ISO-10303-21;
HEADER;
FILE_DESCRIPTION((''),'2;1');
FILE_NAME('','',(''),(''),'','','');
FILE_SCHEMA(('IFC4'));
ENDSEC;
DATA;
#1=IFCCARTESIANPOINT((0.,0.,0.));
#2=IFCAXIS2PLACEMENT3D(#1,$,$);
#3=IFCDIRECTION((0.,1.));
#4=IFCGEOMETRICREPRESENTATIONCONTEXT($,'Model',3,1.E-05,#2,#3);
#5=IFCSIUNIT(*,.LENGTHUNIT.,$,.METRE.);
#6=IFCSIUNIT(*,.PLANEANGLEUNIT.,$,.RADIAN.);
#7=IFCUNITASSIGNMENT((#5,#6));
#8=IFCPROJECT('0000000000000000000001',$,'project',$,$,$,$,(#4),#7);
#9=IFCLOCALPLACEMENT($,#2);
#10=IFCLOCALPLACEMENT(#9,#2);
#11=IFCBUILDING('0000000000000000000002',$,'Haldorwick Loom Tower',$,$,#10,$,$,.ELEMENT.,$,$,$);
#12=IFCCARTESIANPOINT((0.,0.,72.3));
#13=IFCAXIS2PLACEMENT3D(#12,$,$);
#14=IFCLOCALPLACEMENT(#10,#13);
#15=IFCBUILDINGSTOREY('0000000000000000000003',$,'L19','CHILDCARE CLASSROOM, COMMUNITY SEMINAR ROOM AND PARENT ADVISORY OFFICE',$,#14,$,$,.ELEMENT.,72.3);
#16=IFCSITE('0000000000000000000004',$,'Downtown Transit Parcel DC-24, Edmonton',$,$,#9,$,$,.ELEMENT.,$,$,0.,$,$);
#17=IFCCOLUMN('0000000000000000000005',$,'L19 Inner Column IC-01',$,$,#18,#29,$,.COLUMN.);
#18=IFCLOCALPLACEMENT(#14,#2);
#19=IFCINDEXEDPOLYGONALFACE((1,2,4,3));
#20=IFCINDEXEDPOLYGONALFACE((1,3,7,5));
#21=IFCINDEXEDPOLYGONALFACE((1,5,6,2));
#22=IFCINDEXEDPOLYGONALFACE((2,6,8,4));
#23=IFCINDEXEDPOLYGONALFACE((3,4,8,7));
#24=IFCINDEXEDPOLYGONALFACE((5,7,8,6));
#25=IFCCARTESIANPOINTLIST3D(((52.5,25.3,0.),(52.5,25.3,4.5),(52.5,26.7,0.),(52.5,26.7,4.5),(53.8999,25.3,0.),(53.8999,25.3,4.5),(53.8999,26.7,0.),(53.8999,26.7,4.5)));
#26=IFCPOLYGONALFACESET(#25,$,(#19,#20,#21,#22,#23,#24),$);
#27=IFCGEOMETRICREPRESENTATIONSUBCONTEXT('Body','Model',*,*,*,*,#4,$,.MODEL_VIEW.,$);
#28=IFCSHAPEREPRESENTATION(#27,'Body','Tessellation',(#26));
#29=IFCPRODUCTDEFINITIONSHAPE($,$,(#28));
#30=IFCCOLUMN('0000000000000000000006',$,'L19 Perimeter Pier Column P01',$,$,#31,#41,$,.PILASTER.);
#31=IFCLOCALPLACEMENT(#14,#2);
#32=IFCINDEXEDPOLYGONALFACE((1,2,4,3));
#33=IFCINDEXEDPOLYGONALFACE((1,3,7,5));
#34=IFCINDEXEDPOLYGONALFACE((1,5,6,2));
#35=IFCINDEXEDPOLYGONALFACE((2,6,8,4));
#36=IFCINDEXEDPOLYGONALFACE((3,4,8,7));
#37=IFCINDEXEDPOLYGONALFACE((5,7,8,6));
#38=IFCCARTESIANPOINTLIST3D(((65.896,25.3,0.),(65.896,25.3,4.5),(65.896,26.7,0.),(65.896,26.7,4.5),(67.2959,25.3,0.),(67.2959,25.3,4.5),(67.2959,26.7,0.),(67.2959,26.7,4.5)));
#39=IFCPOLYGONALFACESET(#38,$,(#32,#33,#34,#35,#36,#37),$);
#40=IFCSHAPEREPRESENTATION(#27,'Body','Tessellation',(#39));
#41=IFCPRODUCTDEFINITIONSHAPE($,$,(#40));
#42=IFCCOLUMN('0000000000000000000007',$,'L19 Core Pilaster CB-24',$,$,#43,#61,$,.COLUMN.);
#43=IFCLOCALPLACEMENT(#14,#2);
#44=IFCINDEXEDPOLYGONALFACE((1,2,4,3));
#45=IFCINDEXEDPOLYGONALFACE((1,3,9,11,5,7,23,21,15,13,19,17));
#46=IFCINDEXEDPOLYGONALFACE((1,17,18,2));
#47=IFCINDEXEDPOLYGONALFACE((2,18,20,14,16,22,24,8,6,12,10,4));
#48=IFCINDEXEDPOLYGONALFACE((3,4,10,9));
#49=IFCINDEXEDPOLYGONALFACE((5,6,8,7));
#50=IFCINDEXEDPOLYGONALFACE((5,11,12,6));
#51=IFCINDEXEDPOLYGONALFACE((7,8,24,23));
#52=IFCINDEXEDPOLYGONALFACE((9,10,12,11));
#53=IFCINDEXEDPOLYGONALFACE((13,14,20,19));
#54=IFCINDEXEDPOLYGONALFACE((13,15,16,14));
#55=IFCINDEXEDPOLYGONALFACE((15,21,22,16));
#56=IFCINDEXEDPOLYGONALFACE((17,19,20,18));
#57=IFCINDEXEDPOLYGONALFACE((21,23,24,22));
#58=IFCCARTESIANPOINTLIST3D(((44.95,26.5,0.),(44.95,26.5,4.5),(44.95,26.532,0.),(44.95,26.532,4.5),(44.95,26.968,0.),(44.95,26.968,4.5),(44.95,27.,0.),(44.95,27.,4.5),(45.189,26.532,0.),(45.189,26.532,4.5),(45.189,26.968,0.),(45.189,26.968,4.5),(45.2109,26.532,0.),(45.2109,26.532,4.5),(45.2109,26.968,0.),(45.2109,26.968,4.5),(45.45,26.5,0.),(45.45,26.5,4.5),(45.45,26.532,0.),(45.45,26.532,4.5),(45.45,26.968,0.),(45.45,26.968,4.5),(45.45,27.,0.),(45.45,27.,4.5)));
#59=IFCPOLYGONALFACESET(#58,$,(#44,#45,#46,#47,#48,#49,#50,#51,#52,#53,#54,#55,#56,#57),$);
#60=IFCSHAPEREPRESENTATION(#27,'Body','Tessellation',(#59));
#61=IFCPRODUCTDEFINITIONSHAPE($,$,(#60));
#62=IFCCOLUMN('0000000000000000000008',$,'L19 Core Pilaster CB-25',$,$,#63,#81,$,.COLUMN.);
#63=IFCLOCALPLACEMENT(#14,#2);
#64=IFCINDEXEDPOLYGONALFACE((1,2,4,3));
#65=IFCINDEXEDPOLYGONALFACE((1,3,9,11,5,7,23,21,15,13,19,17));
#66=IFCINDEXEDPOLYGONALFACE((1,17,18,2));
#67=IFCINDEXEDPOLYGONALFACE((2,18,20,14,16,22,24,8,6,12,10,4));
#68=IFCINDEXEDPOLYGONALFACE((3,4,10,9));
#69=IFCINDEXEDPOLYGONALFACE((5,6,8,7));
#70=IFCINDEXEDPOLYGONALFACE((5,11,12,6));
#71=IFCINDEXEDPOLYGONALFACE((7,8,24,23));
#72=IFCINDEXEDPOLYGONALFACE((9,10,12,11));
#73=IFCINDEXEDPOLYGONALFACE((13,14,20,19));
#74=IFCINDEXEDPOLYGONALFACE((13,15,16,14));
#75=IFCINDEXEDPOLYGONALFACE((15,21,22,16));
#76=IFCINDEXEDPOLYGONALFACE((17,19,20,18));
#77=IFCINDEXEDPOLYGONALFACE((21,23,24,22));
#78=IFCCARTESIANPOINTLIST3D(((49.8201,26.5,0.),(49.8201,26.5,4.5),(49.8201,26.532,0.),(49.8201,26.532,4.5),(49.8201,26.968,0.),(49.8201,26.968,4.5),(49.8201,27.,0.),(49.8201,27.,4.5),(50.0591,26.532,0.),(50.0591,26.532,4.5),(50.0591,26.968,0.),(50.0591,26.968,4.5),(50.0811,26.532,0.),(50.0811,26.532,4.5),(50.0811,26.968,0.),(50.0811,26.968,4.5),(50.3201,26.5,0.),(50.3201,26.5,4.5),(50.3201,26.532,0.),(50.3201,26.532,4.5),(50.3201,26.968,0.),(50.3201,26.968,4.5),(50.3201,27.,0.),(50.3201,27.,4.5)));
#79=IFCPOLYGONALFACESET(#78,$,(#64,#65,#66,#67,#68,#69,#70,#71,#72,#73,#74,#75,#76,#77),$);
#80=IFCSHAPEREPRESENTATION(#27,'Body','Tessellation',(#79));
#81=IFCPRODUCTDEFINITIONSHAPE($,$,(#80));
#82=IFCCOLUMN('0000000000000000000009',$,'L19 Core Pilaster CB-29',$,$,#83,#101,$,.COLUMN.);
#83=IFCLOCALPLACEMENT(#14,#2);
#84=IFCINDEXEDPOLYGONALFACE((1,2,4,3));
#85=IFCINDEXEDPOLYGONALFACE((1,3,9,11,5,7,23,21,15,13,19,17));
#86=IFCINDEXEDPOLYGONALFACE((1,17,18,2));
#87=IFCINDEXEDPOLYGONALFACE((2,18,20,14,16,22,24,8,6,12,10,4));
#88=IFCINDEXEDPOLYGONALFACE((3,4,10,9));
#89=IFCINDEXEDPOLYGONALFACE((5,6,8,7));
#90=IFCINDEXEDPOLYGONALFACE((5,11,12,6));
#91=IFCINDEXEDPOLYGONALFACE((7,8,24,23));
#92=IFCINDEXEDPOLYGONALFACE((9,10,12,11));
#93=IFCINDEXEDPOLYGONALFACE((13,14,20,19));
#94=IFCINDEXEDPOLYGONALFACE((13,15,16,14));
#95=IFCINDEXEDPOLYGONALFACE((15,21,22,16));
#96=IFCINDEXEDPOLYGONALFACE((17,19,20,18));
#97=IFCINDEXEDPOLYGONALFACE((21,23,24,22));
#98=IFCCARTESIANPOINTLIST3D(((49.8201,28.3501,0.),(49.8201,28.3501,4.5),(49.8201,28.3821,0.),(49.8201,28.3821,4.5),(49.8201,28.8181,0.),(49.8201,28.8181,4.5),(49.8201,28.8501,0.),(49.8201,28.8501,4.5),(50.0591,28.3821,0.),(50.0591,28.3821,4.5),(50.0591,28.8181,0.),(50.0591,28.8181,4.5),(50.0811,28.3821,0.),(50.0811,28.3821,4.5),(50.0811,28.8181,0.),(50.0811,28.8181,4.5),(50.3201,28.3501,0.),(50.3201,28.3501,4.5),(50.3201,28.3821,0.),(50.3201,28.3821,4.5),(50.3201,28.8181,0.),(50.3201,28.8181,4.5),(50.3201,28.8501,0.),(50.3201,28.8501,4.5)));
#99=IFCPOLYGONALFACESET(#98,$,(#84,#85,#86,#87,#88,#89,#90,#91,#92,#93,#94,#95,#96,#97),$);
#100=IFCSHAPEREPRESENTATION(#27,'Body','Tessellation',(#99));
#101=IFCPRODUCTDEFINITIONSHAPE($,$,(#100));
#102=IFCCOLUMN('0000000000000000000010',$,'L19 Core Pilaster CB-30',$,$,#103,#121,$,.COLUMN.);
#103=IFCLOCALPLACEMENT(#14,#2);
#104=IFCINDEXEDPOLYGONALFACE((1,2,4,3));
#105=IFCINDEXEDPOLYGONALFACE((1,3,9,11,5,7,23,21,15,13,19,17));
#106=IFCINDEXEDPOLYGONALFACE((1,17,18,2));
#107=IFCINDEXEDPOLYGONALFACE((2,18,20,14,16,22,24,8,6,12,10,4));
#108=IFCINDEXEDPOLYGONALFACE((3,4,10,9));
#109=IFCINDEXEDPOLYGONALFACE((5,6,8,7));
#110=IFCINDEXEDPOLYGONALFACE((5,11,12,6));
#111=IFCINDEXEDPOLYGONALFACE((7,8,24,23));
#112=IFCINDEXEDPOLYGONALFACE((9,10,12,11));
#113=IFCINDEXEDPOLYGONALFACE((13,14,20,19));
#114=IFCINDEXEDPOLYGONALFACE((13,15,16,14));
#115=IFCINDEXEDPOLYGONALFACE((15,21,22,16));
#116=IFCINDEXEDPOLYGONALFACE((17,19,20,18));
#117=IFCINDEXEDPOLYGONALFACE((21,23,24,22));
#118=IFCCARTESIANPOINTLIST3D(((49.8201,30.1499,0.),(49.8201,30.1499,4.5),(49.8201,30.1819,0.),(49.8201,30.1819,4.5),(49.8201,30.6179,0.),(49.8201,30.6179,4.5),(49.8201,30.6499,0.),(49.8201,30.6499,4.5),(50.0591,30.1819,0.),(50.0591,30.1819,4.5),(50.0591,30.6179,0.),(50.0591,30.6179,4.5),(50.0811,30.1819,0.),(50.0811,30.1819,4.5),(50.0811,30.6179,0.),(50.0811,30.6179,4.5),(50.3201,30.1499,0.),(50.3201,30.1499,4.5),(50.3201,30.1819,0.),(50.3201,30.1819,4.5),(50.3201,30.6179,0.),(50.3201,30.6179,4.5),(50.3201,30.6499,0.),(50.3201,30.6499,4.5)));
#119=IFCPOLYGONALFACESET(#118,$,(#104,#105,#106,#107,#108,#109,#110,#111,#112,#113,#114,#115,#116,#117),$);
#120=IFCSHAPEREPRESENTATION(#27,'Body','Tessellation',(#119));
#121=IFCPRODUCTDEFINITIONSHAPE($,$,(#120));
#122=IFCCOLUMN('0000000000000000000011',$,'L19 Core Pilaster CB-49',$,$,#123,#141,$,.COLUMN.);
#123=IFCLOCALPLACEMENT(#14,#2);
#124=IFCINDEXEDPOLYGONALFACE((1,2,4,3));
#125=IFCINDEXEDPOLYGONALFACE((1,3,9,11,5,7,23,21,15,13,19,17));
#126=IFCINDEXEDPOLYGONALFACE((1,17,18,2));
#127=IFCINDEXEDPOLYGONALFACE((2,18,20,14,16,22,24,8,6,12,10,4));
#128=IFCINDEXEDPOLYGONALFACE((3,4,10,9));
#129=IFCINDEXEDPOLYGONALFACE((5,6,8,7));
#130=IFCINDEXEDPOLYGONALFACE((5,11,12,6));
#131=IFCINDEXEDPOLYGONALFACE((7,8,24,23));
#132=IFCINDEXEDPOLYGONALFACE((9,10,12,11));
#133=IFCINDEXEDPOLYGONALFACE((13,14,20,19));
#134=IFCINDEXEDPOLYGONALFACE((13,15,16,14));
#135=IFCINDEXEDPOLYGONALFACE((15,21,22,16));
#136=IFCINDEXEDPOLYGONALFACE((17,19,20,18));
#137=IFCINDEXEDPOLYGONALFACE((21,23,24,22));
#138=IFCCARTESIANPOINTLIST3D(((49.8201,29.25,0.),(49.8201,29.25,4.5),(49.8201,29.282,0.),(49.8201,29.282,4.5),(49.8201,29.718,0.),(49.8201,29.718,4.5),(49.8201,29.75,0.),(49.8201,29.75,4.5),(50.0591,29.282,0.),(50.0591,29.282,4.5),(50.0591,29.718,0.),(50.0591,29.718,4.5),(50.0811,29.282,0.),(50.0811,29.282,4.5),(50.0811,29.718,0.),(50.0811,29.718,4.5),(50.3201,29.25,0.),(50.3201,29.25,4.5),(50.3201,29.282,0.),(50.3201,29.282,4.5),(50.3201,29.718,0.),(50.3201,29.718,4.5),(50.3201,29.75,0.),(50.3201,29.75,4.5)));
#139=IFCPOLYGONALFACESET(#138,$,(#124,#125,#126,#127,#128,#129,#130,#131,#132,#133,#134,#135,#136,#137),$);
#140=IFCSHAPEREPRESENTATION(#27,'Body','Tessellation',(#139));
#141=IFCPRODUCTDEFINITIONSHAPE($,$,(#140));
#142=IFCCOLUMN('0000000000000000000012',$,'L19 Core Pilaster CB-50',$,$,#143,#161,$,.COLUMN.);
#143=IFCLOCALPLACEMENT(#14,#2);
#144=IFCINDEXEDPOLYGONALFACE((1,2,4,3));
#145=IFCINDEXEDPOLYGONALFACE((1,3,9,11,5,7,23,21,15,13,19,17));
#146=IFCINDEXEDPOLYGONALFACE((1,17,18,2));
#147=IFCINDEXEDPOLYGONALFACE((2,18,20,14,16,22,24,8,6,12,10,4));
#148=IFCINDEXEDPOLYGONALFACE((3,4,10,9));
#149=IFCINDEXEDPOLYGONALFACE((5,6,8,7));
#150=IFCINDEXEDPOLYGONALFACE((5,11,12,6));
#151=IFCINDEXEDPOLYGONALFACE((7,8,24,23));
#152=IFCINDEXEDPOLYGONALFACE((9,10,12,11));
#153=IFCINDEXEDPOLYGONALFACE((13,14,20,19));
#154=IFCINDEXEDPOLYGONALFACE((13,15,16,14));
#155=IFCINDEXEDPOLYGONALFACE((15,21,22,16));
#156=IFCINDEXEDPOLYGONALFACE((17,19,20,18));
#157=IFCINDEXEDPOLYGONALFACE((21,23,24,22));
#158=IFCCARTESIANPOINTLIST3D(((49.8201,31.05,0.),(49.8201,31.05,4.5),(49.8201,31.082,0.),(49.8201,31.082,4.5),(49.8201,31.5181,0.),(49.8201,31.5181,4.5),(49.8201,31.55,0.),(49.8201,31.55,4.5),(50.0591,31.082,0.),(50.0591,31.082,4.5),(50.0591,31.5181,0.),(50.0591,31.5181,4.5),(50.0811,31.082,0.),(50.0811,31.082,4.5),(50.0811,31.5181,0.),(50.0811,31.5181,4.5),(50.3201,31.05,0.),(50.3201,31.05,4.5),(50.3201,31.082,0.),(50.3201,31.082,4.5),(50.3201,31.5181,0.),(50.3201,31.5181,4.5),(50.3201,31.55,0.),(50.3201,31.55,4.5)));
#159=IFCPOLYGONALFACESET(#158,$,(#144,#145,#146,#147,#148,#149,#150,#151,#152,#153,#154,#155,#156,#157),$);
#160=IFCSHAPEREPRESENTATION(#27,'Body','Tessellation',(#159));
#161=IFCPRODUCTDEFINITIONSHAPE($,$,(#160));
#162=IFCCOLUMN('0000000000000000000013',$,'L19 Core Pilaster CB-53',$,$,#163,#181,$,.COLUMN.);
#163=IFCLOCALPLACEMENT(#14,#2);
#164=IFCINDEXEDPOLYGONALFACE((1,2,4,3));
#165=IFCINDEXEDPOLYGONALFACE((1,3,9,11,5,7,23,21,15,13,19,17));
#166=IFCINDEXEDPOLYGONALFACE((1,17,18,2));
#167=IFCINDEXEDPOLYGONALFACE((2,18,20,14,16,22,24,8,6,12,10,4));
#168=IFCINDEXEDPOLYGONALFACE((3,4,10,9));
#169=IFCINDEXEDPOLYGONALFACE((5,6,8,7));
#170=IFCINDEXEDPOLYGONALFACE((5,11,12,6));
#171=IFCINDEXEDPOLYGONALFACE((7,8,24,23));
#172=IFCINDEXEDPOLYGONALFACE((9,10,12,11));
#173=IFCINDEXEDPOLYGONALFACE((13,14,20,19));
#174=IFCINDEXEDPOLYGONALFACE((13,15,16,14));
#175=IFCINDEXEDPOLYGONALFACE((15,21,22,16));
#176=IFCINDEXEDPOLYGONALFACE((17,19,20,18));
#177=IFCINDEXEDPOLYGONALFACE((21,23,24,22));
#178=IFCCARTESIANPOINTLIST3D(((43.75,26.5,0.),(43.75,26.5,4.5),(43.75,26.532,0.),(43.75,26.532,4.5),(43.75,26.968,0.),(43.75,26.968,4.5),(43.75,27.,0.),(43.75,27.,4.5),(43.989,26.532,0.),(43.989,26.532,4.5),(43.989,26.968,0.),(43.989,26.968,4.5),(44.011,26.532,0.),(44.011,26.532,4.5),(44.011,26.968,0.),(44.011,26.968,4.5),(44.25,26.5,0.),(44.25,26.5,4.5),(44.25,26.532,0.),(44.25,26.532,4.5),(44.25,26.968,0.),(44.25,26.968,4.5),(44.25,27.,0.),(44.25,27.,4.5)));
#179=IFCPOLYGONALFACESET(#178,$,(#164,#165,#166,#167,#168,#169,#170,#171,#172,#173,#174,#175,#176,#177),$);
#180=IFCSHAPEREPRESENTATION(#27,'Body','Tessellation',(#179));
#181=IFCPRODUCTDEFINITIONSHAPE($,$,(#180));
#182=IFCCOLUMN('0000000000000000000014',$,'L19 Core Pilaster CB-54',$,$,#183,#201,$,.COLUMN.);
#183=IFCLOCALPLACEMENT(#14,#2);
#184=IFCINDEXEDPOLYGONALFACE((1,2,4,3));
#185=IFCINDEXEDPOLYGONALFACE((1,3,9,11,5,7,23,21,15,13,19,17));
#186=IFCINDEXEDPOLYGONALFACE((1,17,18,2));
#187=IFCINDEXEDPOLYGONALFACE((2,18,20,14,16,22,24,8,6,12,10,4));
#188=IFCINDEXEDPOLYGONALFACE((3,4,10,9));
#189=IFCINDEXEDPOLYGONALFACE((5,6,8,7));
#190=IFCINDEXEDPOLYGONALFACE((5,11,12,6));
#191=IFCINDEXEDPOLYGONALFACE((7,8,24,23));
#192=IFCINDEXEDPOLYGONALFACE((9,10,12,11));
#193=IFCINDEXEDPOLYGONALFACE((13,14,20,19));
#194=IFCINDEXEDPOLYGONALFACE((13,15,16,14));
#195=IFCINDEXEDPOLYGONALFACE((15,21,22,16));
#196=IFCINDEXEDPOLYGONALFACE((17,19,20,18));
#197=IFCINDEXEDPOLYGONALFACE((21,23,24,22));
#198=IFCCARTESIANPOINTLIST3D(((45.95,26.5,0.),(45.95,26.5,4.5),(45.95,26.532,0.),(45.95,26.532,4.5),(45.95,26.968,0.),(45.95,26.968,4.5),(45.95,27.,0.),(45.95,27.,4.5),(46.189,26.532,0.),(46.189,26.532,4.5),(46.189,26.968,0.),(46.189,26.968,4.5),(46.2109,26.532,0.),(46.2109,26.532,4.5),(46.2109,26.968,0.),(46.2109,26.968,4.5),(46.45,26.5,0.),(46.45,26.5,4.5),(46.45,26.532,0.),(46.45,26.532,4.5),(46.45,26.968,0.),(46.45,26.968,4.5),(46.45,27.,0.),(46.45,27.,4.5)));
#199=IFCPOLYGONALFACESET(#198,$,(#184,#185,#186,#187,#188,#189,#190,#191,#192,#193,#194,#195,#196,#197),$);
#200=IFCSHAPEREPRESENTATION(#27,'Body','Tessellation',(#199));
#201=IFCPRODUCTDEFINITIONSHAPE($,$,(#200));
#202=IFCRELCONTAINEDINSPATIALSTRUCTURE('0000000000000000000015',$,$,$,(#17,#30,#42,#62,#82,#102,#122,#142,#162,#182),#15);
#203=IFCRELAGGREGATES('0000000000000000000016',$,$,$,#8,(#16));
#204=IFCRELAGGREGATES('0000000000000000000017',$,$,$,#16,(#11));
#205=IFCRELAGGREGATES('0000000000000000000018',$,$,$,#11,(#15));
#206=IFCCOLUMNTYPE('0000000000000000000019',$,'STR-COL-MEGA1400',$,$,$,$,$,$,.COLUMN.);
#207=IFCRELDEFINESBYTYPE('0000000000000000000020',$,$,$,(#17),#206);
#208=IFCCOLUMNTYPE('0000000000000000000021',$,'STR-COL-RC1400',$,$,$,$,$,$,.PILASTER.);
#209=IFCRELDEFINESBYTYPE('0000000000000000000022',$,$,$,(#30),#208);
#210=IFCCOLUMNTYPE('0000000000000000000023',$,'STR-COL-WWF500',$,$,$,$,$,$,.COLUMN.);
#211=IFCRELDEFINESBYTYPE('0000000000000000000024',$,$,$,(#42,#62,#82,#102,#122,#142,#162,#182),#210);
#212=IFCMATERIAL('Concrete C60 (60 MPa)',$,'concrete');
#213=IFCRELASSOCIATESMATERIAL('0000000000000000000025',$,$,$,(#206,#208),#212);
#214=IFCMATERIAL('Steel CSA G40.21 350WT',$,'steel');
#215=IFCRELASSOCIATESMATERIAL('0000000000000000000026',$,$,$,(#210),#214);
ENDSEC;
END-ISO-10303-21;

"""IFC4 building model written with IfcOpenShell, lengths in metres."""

from ifc_helpers import new_model, si_unit, direction, frame, origin, origin_2d, place, context, subcontext, project, spatial, rectangle, i_section, extrude, material, material_profile, profile_set, type_object, element, save


model = new_model("IFC4")

# Units and contexts
model_context = context("Model", 3, precision=1e-05, world=origin(), true_north=direction((0.0, 1.0)))
body_context = subcontext(model_context, "Body", "Model", "MODEL_VIEW")
ifc_project = project(units=[si_unit("LENGTHUNIT", "METRE"), si_unit("PLANEANGLEUNIT", "RADIAN")], contexts=[model_context])

# Site, building, storey
site_placement = place(None, origin())
site = spatial("IfcSite", under=ifc_project, at=site_placement, Name="Downtown Transit Parcel DC-24, Edmonton", CompositionType="ELEMENT", RefElevation=0.0)
building_placement = place(site_placement, origin())
building = spatial("IfcBuilding", under=site, at=building_placement, Name="Haldorwick Loom Tower", CompositionType="ELEMENT")
storey_placement = place(building_placement, frame((0.0, 0.0, 72.3)))
storey = spatial("IfcBuildingStorey", under=building, at=storey_placement, Name="L19", Description="CHILDCARE CLASSROOM, COMMUNITY SEMINAR ROOM AND PARENT ADVISORY OFFICE", CompositionType="ELEMENT", Elevation=72.3)

# Columns
ifc_material_1 = material(Name="Concrete C60 (60 MPa)", Category="concrete")
ifc_material_profile_1 = material_profile(ifc_material_1, rectangle(XDim=1.3999, YDim=1.3999, at=origin_2d()), Name="RC1400X1400", Category="concrete")
ifc_profile_set_1 = profile_set([ifc_material_profile_1], Name="Concrete C60 (60 MPa)")
column_type_1 = type_object("IfcColumnType", Name="STR-COL-MEGA1400", PredefinedType="COLUMN", material=ifc_profile_set_1)
column_1_placement = place(storey_placement, frame((53.2, 26.0, 0.0), z_axis=(0.0, 0.0, 1.0), x_axis=(1.0, 0.0, 0.0)))
element("IfcColumn", 1, at=column_1_placement, inside=storey, type_object=column_type_1, Name="L19 Inner Column IC-01", PredefinedType="COLUMN", context=body_context, shape_type="SweptSolid", body=[
    extrude(rectangle(XDim=1.3999, YDim=1.3999, at=origin_2d()), origin(), (0.0, 0.0, 1.0), 4.5),
])
ifc_material_profile_2 = material_profile(ifc_material_1, rectangle(XDim=1.3999, YDim=1.3999, at=origin_2d()), Name="RC1400X1400", Category="concrete")
ifc_profile_set_2 = profile_set([ifc_material_profile_2], Name="Concrete C60 (60 MPa)")
column_type_2 = type_object("IfcColumnType", Name="STR-COL-RC1400", PredefinedType="PILASTER", material=ifc_profile_set_2)
column_2_placement = place(storey_placement, frame((66.5959, 26.0, 0.0), z_axis=(0.0, 0.0, 1.0), x_axis=(1.0, 0.0, 0.0)))
element("IfcColumn", 2, at=column_2_placement, inside=storey, type_object=column_type_2, Name="L19 Perimeter Pier Column P01", PredefinedType="PILASTER", context=body_context, shape_type="SweptSolid", body=[
    extrude(rectangle(XDim=1.3999, YDim=1.3999, at=origin_2d()), origin(), (0.0, 0.0, 1.0), 4.5),
])
ifc_material_2 = material(Name="Steel CSA G40.21 350WT", Category="steel")
ifc_material_profile_3 = material_profile(ifc_material_2, i_section(OverallWidth=0.5, OverallDepth=0.5, WebThickness=0.022, FlangeThickness=0.032, at=origin_2d()), Name="WWF500X500", Category="steel")
ifc_profile_set_3 = profile_set([ifc_material_profile_3], Name="Steel CSA G40.21 350WT")
column_type_3 = type_object("IfcColumnType", Name="STR-COL-WWF500", PredefinedType="COLUMN", material=ifc_profile_set_3)
for number, where, z_axis, x_axis, name in (
    (3, (45.2, 26.75, 0.0), (0.0, 0.0, 1.0), (1.0, 0.0, 0.0), "L19 Core Pilaster CB-24"),
    (4, (50.0701, 26.75, 0.0), (0.0, 0.0, 1.0), (1.0, 0.0, 0.0), "L19 Core Pilaster CB-25"),
    (5, (50.0701, 28.6001, 0.0), (0.0, 0.0, 1.0), (1.0, 0.0, 0.0), "L19 Core Pilaster CB-29"),
    (6, (50.0701, 30.3999, 0.0), (0.0, 0.0, 1.0), (1.0, 0.0, 0.0), "L19 Core Pilaster CB-30"),
    (7, (50.0701, 29.5, 0.0), (0.0, 0.0, 1.0), (1.0, 0.0, 0.0), "L19 Core Pilaster CB-49"),
    (8, (50.0701, 31.3, 0.0), (0.0, 0.0, 1.0), (1.0, 0.0, 0.0), "L19 Core Pilaster CB-50"),
    (9, (44.0, 26.75, 0.0), (0.0, 0.0, 1.0), (1.0, 0.0, 0.0), "L19 Core Pilaster CB-53"),
    (10, (46.2, 26.75, 0.0), (0.0, 0.0, 1.0), (1.0, 0.0, 0.0), "L19 Core Pilaster CB-54"),
):
    element("IfcColumn", number, at=place(storey_placement, frame(where, z_axis=z_axis, x_axis=x_axis)), inside=storey, type_object=column_type_3, Name=name, PredefinedType="COLUMN", context=body_context, shape_type="SweptSolid", body=[
        extrude(i_section(OverallWidth=0.5, OverallDepth=0.5, WebThickness=0.022, FlangeThickness=0.032, at=origin_2d()), origin(), (0.0, 0.0, 1.0), 4.5),
    ])

save(model, "model.ifc")
